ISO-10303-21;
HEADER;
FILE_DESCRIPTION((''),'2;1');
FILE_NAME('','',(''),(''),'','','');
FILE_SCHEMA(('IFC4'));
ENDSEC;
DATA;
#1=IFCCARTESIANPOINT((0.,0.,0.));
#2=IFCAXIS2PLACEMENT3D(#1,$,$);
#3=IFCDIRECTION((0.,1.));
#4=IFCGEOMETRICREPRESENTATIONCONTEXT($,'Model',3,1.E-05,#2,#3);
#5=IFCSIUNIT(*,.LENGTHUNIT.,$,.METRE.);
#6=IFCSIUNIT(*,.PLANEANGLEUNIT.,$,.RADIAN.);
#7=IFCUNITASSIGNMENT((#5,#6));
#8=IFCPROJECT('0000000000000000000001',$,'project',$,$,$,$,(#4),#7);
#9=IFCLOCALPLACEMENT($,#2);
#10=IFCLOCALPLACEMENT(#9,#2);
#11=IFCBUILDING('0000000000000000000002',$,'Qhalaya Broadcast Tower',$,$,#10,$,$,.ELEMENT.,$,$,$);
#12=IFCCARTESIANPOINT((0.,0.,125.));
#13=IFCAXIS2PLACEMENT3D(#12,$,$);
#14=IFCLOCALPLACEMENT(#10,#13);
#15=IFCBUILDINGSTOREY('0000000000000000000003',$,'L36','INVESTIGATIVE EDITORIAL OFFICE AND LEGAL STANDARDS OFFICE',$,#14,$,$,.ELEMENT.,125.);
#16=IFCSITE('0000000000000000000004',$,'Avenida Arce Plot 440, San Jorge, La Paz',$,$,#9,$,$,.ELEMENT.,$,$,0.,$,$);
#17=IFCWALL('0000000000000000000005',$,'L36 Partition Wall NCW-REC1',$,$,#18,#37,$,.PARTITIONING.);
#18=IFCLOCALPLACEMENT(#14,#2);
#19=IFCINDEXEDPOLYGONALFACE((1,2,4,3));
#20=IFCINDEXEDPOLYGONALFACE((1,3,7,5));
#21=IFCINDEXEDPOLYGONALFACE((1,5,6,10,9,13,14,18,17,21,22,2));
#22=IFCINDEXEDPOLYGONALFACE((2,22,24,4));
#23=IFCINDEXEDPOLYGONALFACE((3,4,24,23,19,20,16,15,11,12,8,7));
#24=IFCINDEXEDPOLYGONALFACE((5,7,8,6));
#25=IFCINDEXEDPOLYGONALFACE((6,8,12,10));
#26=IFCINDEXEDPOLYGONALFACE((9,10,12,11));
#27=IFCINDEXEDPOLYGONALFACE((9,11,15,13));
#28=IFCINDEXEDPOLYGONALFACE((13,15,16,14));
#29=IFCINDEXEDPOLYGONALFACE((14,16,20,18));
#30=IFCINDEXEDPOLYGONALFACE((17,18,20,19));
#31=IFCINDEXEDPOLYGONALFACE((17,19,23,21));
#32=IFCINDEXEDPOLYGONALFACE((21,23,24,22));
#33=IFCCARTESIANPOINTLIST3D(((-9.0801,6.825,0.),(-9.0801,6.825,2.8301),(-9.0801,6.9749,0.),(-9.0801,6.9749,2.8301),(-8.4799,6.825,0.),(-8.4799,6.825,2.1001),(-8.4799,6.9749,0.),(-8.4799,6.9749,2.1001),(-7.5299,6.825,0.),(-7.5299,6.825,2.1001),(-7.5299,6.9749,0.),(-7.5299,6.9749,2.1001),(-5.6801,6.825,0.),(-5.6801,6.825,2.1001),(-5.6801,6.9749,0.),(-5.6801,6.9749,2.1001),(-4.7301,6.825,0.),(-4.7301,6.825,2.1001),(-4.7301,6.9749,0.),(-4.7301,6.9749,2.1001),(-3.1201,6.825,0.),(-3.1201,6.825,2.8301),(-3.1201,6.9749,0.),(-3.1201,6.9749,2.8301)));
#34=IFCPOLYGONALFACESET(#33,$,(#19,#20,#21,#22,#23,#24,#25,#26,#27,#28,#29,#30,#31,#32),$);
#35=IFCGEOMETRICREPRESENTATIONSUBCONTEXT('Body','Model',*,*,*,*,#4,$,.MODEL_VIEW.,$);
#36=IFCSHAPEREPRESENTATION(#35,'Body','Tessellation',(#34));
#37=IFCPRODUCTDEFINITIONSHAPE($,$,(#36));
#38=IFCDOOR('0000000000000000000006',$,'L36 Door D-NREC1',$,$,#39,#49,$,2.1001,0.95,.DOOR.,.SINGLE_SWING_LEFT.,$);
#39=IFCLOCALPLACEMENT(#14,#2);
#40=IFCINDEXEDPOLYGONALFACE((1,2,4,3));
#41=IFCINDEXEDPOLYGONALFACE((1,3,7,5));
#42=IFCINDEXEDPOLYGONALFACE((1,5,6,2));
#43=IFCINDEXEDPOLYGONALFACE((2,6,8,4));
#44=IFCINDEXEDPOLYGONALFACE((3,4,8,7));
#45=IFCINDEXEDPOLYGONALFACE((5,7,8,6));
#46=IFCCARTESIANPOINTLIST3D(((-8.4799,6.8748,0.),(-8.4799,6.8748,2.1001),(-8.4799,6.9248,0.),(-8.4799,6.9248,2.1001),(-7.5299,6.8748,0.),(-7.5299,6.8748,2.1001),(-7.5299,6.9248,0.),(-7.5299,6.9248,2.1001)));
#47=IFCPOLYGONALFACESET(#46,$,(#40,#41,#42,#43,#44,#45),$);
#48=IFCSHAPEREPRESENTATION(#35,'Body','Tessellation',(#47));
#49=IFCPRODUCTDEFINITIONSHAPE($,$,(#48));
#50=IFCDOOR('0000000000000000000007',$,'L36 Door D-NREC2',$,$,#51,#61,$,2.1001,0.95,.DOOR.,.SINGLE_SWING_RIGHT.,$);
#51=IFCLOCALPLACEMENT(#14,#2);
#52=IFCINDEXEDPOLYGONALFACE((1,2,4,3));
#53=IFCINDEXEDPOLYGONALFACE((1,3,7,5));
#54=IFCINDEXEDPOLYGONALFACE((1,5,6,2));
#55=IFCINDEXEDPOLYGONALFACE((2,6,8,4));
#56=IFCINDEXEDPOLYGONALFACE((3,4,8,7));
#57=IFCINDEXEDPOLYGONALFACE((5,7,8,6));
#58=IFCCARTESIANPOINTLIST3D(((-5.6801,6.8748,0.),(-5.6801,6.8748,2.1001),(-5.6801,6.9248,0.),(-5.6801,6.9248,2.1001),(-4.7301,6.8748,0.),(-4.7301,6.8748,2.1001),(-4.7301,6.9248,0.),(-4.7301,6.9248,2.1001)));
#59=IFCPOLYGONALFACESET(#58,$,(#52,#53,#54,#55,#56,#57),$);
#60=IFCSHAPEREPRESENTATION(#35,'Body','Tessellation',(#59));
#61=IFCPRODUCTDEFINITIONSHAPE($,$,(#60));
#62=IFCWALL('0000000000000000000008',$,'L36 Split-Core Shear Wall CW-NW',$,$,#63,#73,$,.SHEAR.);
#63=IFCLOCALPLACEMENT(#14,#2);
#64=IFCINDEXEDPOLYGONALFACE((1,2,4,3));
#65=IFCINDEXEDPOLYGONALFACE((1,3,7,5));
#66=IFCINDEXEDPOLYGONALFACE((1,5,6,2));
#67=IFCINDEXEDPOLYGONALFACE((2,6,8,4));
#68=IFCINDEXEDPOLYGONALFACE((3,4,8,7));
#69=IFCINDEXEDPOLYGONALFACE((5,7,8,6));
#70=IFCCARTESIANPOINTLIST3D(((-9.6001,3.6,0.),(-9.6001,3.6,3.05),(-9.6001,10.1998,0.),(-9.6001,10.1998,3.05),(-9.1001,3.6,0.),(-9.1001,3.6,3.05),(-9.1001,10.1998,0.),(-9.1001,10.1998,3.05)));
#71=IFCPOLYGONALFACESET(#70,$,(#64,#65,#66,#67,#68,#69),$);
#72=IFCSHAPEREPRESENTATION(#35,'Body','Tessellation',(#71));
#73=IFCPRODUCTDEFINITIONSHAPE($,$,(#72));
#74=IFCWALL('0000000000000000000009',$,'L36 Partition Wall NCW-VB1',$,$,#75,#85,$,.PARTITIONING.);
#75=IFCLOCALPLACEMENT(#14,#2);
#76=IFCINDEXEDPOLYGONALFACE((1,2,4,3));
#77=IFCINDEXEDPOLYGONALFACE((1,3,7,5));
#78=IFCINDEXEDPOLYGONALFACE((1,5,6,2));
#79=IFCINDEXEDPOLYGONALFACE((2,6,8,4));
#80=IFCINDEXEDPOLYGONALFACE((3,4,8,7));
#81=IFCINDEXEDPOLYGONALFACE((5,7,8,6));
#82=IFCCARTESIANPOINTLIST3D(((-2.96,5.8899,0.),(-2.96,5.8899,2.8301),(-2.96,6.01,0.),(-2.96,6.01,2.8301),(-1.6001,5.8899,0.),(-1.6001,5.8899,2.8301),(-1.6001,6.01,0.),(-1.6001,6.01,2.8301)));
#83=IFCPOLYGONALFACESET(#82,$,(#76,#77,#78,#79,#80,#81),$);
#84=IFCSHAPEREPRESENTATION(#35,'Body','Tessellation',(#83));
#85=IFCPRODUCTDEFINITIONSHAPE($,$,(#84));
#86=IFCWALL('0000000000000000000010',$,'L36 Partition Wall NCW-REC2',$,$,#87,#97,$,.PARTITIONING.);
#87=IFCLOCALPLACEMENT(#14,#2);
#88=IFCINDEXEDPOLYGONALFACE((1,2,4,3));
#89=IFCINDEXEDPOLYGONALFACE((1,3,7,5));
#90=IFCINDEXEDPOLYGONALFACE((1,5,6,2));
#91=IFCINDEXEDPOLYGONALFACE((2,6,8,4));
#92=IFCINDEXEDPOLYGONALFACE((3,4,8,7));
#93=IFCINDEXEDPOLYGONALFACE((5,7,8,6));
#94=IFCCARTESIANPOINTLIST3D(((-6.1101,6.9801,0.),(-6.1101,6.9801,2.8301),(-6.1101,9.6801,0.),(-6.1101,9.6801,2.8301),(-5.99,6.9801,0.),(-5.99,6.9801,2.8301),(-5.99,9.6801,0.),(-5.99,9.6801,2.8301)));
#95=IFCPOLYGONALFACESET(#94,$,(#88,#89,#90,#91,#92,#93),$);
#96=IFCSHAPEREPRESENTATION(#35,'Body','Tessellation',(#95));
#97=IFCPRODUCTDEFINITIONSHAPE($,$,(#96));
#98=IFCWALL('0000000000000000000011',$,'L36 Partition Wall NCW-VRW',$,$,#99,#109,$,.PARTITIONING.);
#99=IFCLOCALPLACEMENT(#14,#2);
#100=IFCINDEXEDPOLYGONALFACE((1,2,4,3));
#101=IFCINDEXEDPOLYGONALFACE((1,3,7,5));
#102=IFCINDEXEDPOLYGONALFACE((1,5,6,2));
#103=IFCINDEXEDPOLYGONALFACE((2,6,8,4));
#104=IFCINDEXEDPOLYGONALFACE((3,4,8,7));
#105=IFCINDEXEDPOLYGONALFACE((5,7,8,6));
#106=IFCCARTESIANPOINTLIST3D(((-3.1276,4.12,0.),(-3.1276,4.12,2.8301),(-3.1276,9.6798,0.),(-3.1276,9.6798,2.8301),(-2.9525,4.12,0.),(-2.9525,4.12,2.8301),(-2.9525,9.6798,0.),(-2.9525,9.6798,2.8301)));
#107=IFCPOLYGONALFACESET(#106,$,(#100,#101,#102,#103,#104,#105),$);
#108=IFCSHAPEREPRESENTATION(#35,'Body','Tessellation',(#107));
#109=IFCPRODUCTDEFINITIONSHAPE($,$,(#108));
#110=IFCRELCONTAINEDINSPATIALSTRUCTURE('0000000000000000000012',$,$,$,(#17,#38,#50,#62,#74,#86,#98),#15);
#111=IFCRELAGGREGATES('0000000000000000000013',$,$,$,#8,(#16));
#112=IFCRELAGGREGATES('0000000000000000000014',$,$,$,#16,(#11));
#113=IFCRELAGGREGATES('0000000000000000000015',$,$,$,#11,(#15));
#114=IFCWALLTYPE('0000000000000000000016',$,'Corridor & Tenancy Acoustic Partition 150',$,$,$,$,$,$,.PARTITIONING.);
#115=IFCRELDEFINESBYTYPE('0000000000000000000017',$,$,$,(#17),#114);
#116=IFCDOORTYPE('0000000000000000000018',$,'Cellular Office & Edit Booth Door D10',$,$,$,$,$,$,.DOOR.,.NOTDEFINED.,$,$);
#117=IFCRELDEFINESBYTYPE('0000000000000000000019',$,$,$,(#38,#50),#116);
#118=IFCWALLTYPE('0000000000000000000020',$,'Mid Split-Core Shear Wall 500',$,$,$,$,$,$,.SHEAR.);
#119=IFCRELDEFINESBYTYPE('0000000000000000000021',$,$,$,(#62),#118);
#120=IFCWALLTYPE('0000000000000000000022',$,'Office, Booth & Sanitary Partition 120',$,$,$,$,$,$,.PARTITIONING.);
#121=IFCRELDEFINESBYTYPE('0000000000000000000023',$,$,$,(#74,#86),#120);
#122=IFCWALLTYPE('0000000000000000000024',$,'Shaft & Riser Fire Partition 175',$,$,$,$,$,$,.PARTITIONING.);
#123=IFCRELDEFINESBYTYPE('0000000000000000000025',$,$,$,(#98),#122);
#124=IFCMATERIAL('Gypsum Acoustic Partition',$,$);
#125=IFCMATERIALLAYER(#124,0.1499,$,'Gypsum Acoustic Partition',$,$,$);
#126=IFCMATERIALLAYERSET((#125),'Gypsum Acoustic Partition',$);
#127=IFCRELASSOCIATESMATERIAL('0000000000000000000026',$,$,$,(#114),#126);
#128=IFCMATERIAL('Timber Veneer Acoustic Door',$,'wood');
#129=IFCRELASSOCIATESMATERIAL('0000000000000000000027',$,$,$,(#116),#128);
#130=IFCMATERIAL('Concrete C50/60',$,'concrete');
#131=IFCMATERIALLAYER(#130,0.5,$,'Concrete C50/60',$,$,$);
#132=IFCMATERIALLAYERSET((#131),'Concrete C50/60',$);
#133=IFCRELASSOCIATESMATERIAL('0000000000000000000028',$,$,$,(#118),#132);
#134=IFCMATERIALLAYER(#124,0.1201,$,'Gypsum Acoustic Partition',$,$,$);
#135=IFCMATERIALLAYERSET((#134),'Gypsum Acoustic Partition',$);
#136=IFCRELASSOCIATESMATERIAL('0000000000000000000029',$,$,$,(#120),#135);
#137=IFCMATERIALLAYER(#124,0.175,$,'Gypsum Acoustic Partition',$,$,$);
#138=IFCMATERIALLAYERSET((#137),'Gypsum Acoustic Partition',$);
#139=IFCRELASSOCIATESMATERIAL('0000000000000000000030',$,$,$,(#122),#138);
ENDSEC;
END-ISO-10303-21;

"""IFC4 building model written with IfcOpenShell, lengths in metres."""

from ifc_helpers import new_model, si_unit, direction, frame, frame_2d, origin, place, context, subcontext, project, spatial, rectangle, extrude, material, layer, layer_set, type_object, element, fill, save


model = new_model("IFC4")

# Units and contexts
model_context = context("Model", 3, precision=1e-05, world=origin(), true_north=direction((0.0, 1.0)))
body_context = subcontext(model_context, "Body", "Model", "MODEL_VIEW")
ifc_project = project(units=[si_unit("LENGTHUNIT", "METRE"), si_unit("PLANEANGLEUNIT", "RADIAN")], contexts=[model_context])

# Site, building, storey
site_placement = place(None, origin())
site = spatial("IfcSite", under=ifc_project, at=site_placement, Name="Avenida Arce Plot 440, San Jorge, La Paz", CompositionType="ELEMENT", RefElevation=0.0)
building_placement = place(site_placement, origin())
building = spatial("IfcBuilding", under=site, at=building_placement, Name="Qhalaya Broadcast Tower", CompositionType="ELEMENT")
storey_placement = place(building_placement, frame((0.0, 0.0, 125.0)))
storey = spatial("IfcBuildingStorey", under=building, at=storey_placement, Name="L36", Description="INVESTIGATIVE EDITORIAL OFFICE AND LEGAL STANDARDS OFFICE", CompositionType="ELEMENT", Elevation=125.0)

# Shared definitions
ifc_material_1 = material(Name="Concrete C50/60", Category="concrete")

# Wall, openings, doors
ifc_material_2 = material(Name="Gypsum Acoustic Partition")
ifc_layer_1 = layer(ifc_material_2, 0.1499, Name="Gypsum Acoustic Partition")
ifc_layer_set_1 = layer_set([ifc_layer_1], Name="Gypsum Acoustic Partition")
wall_type_1 = type_object("IfcWallType", Name="Corridor & Tenancy Acoustic Partition 150", PredefinedType="PARTITIONING", material=ifc_layer_set_1)
ifc_material_3 = material(Name="Timber Veneer Acoustic Door", Category="wood")
wall_1_placement = place(storey_placement, frame((-9.0801, 6.8999, 0.0), z_axis=(0.0, 0.0, 1.0), x_axis=(1.0, 0.0, 0.0)))
wall_1 = element("IfcWall", 1, at=wall_1_placement, inside=storey, type_object=wall_type_1, Name="L36 Partition Wall NCW-REC1", PredefinedType="PARTITIONING", context=body_context, shape_type="SweptSolid", body=[
    extrude(rectangle(XDim=5.96, YDim=0.1499, at=frame_2d((2.98, 0.0))), origin(), (0.0, 0.0, 1.0), 2.8301),
])
opening_1_placement = place(wall_1_placement, frame((0.6001, 0.0, 0.0)))
opening_1 = element("IfcOpeningElement", 2, at=opening_1_placement, cuts=wall_1, PredefinedType="OPENING", context=body_context, shape_type="SweptSolid", body=[
    extrude(rectangle(XDim=0.95, YDim=2.1001, at=frame_2d((0.4751, 1.05))), frame((0.0, 0.0869, 0.0), z_axis=(0.0, -1.0, 0.0), x_axis=(1.0, 0.0, 0.0)), (0.0, 0.0, 1.0), 0.1738),
])
opening_2_placement = place(wall_1_placement, frame((3.3999, 0.0, 0.0)))
opening_2 = element("IfcOpeningElement", 3, at=opening_2_placement, cuts=wall_1, PredefinedType="OPENING", context=body_context, shape_type="SweptSolid", body=[
    extrude(rectangle(XDim=0.95, YDim=2.1001, at=frame_2d((0.4751, 1.05))), frame((0.0, 0.0869, 0.0), z_axis=(0.0, -1.0, 0.0), x_axis=(1.0, 0.0, 0.0)), (0.0, 0.0, 1.0), 0.1738),
])
door_type_1 = type_object("IfcDoorType", Name="Cellular Office & Edit Booth Door D10", OperationType="NOTDEFINED", PredefinedType="DOOR", material=ifc_material_3)
door_1_placement = place(opening_1_placement, origin())
door_1 = element("IfcDoor", 4, at=door_1_placement, inside=storey, type_object=door_type_1, Name="L36 Door D-NREC1", OperationType="SINGLE_SWING_LEFT", OverallHeight=2.1001, OverallWidth=0.95, PredefinedType="DOOR", context=body_context, shape_type="SweptSolid", body=[
    extrude(rectangle(XDim=0.95, YDim=2.1001, at=frame_2d((0.4751, 1.05))), frame((0.0, 0.0249, 0.0), z_axis=(0.0, -1.0, 0.0), x_axis=(1.0, 0.0, 0.0)), (0.0, 0.0, 1.0), 0.05),
])
fill(opening_1, door_1)
door_2_placement = place(opening_2_placement, origin())
door_2 = element("IfcDoor", 5, at=door_2_placement, inside=storey, type_object=door_type_1, Name="L36 Door D-NREC2", OperationType="SINGLE_SWING_RIGHT", OverallHeight=2.1001, OverallWidth=0.95, PredefinedType="DOOR", context=body_context, shape_type="SweptSolid", body=[
    extrude(rectangle(XDim=0.95, YDim=2.1001, at=frame_2d((0.4751, 1.05))), frame((0.0, 0.0249, 0.0), z_axis=(0.0, -1.0, 0.0), x_axis=(1.0, 0.0, 0.0)), (0.0, 0.0, 1.0), 0.05),
])
fill(opening_2, door_2)
ifc_layer_2 = layer(ifc_material_1, 0.5, Name="Concrete C50/60")
ifc_layer_set_2 = layer_set([ifc_layer_2], Name="Concrete C50/60")
wall_type_2 = type_object("IfcWallType", Name="Mid Split-Core Shear Wall 500", PredefinedType="SHEAR", material=ifc_layer_set_2)

# Walls
wall_2_placement = place(storey_placement, frame((-9.3501, 3.6001, 0.0), z_axis=(0.0, 0.0, 1.0), x_axis=(0.0, 1.0, 0.0)))
element("IfcWall", 6, at=wall_2_placement, inside=storey, type_object=wall_type_2, Name="L36 Split-Core Shear Wall CW-NW", PredefinedType="SHEAR", context=body_context, shape_type="SweptSolid", body=[
    extrude(rectangle(XDim=6.5999, YDim=0.5, at=frame_2d((3.2998, 0.0))), origin(), (0.0, 0.0, 1.0), 3.05),
])
ifc_layer_3 = layer(ifc_material_2, 0.1201, Name="Gypsum Acoustic Partition")
ifc_layer_set_3 = layer_set([ifc_layer_3], Name="Gypsum Acoustic Partition")
wall_type_3 = type_object("IfcWallType", Name="Office, Booth & Sanitary Partition 120", PredefinedType="PARTITIONING", material=ifc_layer_set_3)
wall_3_placement = place(storey_placement, frame((-2.96, 5.95, 0.0), z_axis=(0.0, 0.0, 1.0), x_axis=(1.0, 0.0, 0.0)))
element("IfcWall", 7, at=wall_3_placement, inside=storey, type_object=wall_type_3, Name="L36 Partition Wall NCW-VB1", PredefinedType="PARTITIONING", context=body_context, shape_type="SweptSolid", body=[
    extrude(rectangle(XDim=1.3599, YDim=0.1201, at=frame_2d((0.6799, 0.0))), origin(), (0.0, 0.0, 1.0), 2.8301),
])
wall_4_placement = place(storey_placement, frame((-6.05, 6.98, 0.0), z_axis=(0.0, 0.0, 1.0), x_axis=(0.0, 1.0, 0.0)))
element("IfcWall", 8, at=wall_4_placement, inside=storey, type_object=wall_type_3, Name="L36 Partition Wall NCW-REC2", PredefinedType="PARTITIONING", context=body_context, shape_type="SweptSolid", body=[
    extrude(rectangle(XDim=2.7, YDim=0.1201, at=frame_2d((1.3501, 0.0))), origin(), (0.0, 0.0, 1.0), 2.8301),
])
ifc_layer_4 = layer(ifc_material_2, 0.175, Name="Gypsum Acoustic Partition")
ifc_layer_set_4 = layer_set([ifc_layer_4], Name="Gypsum Acoustic Partition")
wall_type_4 = type_object("IfcWallType", Name="Shaft & Riser Fire Partition 175", PredefinedType="PARTITIONING", material=ifc_layer_set_4)
wall_5_placement = place(storey_placement, frame((-3.04, 4.1201, 0.0), z_axis=(0.0, 0.0, 1.0), x_axis=(0.0, 1.0, 0.0)))
element("IfcWall", 9, at=wall_5_placement, inside=storey, type_object=wall_type_4, Name="L36 Partition Wall NCW-VRW", PredefinedType="PARTITIONING", context=body_context, shape_type="SweptSolid", body=[
    extrude(rectangle(XDim=5.5598, YDim=0.175, at=frame_2d((2.7798, 0.0))), origin(), (0.0, 0.0, 1.0), 2.8301),
])

save(model, "model.ifc")
